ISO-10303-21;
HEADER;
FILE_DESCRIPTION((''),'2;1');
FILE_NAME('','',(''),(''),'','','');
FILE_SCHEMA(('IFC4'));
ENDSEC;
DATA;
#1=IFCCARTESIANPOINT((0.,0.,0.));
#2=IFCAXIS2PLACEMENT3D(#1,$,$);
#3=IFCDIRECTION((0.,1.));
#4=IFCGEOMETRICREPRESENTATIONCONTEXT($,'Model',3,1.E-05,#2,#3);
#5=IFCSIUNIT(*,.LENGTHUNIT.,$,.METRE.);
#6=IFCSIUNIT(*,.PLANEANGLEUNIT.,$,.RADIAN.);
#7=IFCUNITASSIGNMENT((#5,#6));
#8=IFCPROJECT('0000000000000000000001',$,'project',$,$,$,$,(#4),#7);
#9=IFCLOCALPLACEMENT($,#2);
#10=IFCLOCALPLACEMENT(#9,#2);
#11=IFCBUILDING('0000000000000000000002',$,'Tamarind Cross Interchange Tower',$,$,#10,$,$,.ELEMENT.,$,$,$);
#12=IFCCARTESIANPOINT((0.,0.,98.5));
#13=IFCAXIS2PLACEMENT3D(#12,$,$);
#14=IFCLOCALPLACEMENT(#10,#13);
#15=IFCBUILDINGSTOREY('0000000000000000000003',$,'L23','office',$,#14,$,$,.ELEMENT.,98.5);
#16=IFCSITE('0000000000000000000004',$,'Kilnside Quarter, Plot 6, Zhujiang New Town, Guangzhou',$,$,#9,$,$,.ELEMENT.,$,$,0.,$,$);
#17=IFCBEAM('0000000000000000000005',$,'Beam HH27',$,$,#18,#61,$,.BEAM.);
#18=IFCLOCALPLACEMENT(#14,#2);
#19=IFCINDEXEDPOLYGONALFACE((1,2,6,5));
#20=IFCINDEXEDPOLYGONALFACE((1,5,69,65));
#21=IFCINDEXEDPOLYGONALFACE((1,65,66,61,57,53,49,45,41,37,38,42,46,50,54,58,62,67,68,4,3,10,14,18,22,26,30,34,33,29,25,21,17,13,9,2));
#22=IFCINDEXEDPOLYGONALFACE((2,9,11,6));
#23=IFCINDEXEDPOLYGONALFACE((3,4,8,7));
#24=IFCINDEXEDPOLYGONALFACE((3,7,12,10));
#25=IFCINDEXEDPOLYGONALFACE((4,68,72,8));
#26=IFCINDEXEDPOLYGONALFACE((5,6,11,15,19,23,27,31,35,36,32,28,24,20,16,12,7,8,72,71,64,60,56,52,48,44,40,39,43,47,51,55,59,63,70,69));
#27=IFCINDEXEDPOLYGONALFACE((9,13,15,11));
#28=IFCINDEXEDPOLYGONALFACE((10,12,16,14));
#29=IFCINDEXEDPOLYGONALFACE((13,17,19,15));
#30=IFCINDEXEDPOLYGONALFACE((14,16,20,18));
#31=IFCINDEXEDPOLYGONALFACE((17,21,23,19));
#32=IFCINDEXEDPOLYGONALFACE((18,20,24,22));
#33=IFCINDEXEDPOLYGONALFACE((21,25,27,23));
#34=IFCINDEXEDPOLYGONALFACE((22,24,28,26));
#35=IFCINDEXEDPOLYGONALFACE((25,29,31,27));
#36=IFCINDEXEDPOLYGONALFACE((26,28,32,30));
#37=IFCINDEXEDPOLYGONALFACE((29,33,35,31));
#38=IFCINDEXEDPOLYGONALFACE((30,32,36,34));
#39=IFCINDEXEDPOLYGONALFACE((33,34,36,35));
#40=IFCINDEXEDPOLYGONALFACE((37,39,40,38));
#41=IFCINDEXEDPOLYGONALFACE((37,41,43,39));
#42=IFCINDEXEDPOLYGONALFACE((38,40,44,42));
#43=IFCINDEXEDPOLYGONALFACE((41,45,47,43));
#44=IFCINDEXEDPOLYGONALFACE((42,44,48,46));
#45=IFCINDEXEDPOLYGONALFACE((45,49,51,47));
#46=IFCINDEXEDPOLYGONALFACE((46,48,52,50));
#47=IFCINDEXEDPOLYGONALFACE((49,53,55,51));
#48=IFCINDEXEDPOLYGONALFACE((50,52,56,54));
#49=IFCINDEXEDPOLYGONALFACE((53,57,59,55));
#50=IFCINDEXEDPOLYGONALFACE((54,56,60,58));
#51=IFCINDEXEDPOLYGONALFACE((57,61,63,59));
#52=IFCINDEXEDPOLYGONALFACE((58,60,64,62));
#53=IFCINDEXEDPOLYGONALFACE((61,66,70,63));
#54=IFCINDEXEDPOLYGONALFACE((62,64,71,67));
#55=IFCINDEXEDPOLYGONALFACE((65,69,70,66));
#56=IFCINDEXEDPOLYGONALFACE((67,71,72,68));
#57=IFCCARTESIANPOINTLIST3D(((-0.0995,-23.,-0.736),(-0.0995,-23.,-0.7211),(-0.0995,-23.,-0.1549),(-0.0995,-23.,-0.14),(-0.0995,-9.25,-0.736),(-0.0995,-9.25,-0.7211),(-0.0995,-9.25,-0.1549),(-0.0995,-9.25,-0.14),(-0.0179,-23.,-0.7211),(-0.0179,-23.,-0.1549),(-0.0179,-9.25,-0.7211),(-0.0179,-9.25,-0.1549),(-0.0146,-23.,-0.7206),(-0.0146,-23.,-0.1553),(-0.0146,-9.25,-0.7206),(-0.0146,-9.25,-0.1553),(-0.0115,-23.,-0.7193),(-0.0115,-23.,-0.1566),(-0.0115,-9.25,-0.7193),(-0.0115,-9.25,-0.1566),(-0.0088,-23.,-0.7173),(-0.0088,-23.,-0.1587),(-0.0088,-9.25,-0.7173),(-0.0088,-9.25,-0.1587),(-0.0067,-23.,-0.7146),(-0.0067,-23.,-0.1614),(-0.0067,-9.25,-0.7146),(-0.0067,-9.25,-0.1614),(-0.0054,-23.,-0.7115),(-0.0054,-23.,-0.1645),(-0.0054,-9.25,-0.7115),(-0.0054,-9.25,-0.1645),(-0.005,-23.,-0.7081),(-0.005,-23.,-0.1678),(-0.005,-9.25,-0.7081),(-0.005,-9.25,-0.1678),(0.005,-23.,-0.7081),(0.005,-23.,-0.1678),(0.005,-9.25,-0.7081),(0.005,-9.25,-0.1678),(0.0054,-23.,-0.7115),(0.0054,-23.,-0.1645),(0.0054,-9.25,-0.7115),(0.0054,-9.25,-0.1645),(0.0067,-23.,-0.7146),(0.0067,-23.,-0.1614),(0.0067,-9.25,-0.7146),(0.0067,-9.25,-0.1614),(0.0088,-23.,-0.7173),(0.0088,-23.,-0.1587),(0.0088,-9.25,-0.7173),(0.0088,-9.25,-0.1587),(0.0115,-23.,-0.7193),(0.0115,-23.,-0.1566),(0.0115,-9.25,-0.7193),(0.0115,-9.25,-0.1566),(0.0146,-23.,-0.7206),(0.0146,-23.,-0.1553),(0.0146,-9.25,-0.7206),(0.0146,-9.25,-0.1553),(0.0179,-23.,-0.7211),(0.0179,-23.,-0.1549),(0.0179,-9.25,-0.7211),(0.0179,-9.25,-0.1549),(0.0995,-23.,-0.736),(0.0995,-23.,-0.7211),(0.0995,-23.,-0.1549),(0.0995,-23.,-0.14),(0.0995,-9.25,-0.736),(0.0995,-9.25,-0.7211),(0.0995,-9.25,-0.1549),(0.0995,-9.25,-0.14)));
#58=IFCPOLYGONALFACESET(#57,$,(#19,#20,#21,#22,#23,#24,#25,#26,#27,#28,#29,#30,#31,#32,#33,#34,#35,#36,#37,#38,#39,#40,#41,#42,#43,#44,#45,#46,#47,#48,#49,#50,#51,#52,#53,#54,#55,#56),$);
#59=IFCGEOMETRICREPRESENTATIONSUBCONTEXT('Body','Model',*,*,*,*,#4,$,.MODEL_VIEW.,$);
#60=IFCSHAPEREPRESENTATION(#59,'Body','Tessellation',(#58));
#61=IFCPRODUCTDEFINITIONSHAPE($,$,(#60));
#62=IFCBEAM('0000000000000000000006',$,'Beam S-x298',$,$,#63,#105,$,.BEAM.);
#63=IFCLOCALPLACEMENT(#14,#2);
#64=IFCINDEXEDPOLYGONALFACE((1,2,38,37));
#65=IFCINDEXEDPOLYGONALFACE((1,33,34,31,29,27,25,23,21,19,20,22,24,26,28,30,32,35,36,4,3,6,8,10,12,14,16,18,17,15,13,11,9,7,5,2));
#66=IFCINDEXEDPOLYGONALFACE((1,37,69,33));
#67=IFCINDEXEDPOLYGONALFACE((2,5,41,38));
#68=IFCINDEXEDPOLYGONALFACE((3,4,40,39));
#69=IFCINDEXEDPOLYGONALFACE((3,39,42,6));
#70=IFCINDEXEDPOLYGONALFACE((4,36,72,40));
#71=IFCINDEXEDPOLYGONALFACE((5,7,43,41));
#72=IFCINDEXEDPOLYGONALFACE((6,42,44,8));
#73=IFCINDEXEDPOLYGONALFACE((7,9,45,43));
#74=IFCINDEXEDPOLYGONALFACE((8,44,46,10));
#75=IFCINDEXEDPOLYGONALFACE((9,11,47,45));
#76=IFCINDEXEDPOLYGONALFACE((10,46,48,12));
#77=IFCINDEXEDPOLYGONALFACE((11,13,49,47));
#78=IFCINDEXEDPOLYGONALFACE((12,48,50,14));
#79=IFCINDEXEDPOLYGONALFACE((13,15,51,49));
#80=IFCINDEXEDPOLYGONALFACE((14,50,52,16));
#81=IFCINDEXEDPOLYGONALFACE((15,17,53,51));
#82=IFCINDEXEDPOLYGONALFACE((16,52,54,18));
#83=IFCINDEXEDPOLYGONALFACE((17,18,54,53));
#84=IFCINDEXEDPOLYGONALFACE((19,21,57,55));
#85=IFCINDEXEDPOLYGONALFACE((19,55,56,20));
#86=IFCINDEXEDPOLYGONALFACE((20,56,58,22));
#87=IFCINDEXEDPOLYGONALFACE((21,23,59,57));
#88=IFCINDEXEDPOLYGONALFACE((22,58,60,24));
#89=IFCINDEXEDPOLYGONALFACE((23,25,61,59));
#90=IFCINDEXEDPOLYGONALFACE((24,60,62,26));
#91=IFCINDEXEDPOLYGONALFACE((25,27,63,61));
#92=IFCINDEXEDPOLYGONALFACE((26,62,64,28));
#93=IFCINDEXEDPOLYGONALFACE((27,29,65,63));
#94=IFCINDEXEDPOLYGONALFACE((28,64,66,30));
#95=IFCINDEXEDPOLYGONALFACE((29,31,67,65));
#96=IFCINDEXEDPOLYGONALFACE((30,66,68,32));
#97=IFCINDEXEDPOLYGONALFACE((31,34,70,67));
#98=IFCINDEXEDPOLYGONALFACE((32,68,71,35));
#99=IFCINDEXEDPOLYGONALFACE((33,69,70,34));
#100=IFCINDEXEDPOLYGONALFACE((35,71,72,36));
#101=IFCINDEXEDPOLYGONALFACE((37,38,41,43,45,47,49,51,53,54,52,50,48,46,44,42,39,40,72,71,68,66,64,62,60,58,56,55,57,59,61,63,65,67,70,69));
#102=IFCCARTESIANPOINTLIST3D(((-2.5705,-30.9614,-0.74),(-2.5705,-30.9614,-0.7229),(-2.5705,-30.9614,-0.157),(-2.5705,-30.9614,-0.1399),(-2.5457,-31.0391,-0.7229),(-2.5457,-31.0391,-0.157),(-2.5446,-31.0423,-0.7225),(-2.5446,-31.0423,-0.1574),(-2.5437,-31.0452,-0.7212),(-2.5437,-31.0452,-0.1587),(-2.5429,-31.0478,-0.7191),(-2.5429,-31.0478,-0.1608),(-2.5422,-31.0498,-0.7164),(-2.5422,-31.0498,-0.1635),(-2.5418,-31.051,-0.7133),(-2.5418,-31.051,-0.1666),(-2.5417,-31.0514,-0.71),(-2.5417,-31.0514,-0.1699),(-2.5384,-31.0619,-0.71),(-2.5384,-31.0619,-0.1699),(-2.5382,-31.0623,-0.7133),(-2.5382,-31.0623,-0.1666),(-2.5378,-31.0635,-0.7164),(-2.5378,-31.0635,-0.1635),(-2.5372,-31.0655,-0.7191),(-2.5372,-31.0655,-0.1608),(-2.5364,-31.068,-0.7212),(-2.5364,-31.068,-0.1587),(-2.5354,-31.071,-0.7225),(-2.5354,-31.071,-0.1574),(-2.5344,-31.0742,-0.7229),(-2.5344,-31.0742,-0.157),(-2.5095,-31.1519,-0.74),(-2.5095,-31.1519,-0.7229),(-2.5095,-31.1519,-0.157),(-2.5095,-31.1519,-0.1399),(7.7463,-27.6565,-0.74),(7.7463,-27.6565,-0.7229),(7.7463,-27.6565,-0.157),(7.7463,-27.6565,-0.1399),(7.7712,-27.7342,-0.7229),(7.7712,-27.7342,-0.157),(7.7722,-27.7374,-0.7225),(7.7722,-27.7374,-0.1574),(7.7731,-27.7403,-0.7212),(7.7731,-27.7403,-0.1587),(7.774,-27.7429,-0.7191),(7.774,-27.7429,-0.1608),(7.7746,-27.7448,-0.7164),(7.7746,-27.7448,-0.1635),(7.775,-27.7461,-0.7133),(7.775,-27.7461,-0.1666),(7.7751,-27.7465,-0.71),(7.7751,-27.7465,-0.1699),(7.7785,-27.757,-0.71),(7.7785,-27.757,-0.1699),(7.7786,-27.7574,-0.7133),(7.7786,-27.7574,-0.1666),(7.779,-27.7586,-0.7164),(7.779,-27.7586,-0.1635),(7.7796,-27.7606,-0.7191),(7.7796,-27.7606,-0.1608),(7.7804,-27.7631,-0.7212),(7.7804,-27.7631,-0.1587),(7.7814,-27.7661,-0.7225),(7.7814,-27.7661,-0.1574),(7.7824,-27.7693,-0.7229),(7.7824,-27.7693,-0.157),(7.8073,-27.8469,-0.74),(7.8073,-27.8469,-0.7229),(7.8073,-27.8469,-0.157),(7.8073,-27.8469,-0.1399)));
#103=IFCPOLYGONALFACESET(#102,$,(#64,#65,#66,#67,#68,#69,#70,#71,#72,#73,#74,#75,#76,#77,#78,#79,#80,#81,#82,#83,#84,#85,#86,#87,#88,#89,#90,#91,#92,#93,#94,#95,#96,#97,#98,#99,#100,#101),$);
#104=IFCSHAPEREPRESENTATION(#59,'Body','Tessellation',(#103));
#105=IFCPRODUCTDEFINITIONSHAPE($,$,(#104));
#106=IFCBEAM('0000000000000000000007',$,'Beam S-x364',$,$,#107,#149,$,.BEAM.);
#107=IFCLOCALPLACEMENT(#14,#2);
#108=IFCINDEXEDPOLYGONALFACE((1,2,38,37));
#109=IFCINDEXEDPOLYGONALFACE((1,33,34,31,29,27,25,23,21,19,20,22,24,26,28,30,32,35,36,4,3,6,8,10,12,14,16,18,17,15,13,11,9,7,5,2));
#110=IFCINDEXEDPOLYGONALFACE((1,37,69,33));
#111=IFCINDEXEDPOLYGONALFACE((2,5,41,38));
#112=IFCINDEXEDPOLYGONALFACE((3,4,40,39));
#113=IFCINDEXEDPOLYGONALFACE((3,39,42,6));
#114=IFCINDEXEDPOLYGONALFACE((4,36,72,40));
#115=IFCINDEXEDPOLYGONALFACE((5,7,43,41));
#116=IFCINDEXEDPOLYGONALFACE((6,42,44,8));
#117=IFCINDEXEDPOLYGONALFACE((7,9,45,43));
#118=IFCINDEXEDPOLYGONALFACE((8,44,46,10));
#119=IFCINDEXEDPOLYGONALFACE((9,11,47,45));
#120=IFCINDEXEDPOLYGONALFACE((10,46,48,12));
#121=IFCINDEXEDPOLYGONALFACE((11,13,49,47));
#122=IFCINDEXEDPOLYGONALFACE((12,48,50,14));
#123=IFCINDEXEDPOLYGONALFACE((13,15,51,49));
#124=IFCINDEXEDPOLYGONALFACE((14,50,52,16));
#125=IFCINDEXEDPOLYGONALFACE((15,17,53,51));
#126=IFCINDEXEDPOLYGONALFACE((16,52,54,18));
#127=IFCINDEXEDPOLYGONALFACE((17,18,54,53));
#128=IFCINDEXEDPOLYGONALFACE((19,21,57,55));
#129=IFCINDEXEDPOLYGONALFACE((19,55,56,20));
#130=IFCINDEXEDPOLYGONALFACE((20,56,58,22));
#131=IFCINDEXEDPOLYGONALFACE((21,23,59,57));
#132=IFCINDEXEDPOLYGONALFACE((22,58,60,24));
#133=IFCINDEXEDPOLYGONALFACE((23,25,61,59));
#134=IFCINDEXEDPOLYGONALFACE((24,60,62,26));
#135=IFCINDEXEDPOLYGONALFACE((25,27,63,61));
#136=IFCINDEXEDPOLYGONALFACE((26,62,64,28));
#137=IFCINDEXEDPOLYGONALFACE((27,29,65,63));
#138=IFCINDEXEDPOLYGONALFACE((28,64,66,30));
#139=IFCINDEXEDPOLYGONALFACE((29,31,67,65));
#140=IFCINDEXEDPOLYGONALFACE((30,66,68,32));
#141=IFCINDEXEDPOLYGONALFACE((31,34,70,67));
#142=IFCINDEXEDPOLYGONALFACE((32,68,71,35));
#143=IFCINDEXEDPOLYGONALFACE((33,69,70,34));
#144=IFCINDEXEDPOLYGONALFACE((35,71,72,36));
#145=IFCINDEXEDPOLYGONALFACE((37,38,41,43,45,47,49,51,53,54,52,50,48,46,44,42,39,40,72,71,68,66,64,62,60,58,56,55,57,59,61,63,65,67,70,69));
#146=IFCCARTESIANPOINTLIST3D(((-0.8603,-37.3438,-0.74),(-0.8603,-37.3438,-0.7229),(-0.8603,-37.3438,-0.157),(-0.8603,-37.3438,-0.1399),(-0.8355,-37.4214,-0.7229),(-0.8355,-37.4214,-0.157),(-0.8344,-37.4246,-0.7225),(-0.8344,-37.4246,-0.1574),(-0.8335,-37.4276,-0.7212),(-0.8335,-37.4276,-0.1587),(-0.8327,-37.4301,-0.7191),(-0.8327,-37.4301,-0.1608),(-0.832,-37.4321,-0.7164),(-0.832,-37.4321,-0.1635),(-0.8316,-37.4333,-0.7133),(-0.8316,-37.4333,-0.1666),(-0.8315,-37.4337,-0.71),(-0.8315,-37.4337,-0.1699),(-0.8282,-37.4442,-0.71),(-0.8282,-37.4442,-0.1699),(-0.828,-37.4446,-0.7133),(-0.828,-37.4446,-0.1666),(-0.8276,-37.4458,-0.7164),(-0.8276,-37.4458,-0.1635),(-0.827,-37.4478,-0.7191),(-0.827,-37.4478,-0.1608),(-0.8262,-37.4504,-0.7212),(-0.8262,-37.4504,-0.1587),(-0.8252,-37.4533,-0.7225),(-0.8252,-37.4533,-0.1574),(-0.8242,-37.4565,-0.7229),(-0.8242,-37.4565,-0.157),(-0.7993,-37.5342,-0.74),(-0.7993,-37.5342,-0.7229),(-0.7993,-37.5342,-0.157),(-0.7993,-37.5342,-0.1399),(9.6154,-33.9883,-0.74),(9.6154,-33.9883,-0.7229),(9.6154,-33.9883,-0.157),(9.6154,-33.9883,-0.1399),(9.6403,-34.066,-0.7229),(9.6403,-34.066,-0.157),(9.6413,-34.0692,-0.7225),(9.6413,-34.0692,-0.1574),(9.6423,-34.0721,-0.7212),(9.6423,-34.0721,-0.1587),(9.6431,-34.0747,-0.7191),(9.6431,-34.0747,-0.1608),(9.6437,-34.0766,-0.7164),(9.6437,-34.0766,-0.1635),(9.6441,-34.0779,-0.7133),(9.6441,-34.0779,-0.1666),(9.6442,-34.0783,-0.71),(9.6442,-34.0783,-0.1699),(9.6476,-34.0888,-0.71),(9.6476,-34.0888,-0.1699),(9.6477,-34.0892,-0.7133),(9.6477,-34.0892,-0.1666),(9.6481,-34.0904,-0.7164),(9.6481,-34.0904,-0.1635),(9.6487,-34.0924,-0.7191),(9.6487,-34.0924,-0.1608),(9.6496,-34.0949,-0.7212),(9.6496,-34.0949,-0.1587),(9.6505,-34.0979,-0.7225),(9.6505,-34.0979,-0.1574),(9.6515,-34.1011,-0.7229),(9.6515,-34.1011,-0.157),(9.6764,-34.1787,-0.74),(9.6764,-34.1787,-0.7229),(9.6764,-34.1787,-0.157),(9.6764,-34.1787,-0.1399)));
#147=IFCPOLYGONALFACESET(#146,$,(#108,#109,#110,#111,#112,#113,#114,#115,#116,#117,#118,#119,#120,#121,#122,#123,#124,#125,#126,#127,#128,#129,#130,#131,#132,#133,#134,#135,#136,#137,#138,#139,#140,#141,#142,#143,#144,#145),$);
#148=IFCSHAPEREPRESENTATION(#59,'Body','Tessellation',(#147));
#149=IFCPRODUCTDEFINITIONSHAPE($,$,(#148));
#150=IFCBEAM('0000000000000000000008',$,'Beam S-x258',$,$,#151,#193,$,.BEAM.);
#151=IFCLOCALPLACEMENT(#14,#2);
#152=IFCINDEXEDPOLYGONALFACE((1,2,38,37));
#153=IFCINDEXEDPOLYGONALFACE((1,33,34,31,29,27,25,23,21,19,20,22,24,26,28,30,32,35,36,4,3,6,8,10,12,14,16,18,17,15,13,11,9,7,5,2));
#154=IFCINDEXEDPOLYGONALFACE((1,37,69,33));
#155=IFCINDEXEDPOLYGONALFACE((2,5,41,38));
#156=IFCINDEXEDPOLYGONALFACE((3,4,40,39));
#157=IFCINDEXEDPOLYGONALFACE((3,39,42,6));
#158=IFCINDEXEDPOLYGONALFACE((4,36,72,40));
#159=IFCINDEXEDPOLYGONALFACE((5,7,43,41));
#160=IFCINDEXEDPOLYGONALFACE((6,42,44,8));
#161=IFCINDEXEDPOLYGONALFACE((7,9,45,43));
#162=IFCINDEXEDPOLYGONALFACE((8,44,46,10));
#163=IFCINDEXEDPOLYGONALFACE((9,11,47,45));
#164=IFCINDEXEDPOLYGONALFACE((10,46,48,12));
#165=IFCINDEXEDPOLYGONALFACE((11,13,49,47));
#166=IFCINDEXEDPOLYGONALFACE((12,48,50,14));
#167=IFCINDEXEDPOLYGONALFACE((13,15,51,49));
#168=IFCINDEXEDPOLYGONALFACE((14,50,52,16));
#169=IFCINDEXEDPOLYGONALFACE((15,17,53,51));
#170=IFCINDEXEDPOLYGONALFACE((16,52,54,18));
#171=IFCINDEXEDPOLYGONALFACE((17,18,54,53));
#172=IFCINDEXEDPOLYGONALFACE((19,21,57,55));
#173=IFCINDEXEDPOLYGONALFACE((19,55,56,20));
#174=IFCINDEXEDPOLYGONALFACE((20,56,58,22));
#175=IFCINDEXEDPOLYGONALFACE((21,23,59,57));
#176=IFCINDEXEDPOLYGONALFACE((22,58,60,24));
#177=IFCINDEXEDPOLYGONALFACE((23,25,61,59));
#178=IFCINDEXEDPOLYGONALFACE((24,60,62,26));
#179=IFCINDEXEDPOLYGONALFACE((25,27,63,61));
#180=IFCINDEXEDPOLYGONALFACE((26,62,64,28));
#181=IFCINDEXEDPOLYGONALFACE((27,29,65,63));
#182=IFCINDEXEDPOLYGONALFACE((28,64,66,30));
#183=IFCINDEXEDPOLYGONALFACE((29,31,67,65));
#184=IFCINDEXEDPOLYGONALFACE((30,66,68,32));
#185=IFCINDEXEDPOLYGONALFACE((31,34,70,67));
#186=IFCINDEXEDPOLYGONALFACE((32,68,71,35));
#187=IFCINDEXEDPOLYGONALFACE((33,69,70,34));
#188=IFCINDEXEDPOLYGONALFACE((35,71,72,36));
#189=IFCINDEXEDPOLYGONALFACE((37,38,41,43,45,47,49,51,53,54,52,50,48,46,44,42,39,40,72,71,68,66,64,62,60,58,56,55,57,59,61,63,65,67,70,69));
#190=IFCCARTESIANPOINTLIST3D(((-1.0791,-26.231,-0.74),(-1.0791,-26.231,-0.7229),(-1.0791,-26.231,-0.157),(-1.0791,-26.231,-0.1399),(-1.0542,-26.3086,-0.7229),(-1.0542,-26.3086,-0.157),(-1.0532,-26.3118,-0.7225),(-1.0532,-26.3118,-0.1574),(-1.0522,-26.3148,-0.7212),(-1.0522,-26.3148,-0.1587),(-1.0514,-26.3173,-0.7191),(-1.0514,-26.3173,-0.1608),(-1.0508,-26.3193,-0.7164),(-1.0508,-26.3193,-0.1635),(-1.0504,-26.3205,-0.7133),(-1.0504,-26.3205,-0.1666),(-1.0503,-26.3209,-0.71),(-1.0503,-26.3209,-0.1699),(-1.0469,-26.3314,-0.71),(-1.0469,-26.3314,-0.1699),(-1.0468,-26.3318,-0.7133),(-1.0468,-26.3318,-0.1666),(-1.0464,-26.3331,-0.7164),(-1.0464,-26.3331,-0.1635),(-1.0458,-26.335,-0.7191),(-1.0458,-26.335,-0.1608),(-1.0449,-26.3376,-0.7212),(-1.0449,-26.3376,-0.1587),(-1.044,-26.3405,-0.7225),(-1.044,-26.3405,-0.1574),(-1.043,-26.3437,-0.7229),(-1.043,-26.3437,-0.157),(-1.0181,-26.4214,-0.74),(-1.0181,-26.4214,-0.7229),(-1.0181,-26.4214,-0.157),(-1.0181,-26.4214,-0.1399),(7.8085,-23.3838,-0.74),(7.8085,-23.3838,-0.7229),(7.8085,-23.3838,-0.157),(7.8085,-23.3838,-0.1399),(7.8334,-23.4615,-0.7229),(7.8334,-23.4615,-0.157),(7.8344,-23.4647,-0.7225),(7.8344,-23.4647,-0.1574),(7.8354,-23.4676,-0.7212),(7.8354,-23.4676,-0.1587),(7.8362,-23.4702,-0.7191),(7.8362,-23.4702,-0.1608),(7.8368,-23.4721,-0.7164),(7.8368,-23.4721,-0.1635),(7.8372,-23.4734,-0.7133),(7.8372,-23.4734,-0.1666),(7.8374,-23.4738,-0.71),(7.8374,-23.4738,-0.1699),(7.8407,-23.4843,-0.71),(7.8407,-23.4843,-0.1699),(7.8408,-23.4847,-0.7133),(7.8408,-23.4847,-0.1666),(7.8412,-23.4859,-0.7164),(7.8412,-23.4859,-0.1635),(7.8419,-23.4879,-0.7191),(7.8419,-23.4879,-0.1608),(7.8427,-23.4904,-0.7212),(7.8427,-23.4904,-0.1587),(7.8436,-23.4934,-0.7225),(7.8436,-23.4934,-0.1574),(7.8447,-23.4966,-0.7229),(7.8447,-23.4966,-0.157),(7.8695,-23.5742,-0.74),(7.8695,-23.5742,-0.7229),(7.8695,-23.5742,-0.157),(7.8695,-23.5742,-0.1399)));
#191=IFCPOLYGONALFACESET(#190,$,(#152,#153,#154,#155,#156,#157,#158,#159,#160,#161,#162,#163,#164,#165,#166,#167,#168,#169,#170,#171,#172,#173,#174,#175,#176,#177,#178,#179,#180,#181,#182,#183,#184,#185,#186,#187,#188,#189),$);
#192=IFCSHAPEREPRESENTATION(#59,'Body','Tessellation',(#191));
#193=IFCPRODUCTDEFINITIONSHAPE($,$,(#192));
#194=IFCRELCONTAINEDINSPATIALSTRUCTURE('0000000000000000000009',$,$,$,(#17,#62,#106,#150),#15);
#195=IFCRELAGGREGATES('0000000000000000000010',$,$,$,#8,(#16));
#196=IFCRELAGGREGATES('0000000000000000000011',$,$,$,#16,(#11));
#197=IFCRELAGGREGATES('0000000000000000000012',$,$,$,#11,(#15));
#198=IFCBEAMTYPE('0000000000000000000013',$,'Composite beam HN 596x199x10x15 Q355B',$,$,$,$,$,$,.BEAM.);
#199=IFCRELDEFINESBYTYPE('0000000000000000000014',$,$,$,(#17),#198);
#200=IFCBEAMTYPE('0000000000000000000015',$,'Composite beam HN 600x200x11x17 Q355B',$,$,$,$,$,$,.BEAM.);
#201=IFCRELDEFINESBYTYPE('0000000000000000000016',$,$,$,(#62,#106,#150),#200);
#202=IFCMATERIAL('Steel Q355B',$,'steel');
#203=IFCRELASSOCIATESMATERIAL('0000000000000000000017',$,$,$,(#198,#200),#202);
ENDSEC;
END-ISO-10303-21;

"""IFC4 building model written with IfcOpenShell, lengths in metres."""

from ifc_helpers import new_model, si_unit, direction, frame, origin, origin_2d, place, context, subcontext, project, spatial, i_section, extrude, material, material_profile, profile_set, type_object, element, save


model = new_model("IFC4")

# Units and contexts
model_context = context("Model", 3, precision=1e-05, world=origin(), true_north=direction((0.0, 1.0)))
body_context = subcontext(model_context, "Body", "Model", "MODEL_VIEW")
ifc_project = project(units=[si_unit("LENGTHUNIT", "METRE"), si_unit("PLANEANGLEUNIT", "RADIAN")], contexts=[model_context])

# Site, building, storey
site_placement = place(None, origin())
site = spatial("IfcSite", under=ifc_project, at=site_placement, Name="Kilnside Quarter, Plot 6, Zhujiang New Town, Guangzhou", CompositionType="ELEMENT", RefElevation=0.0)
building_placement = place(site_placement, origin())
building = spatial("IfcBuilding", under=site, at=building_placement, Name="Tamarind Cross Interchange Tower", CompositionType="ELEMENT")
storey_placement = place(building_placement, frame((0.0, 0.0, 98.5)))
storey = spatial("IfcBuildingStorey", under=building, at=storey_placement, Name="L23", Description="office", CompositionType="ELEMENT", Elevation=98.5)

# Beams
ifc_material_1 = material(Name="Steel Q355B", Category="steel")
ifc_material_profile_1 = material_profile(ifc_material_1, i_section(OverallWidth=0.199, OverallDepth=0.5959, WebThickness=0.01, FlangeThickness=0.0149, FilletRadius=0.0129, at=origin_2d()), Name="HN 596x199x10x15")
ifc_profile_set_1 = profile_set([ifc_material_profile_1], Name="Steel Q355B")
beam_type_1 = type_object("IfcBeamType", Name="Composite beam HN 596x199x10x15 Q355B", PredefinedType="BEAM", material=ifc_profile_set_1)
beam_1_placement = place(storey_placement, frame((0.0, -23.0, -0.438), z_axis=(0.0, 1.0, 0.0), x_axis=(-1.0, 0.0, 0.0)))
element("IfcBeam", 1, at=beam_1_placement, inside=storey, type_object=beam_type_1, Name="Beam HH27", PredefinedType="BEAM", context=body_context, shape_type="SweptSolid", body=[
    extrude(i_section(OverallWidth=0.199, OverallDepth=0.5959, WebThickness=0.01, FlangeThickness=0.0149, FilletRadius=0.0129, at=origin_2d()), origin(), (0.0, 0.0, 1.0), 13.75),
])
ifc_material_profile_2 = material_profile(ifc_material_1, i_section(OverallWidth=0.2, OverallDepth=0.6001, WebThickness=0.011, FlangeThickness=0.0171, FilletRadius=0.0129, at=origin_2d()), Name="HN 600x200x11x17")
ifc_profile_set_2 = profile_set([ifc_material_profile_2], Name="Steel Q355B")
beam_type_2 = type_object("IfcBeamType", Name="Composite beam HN 600x200x11x17 Q355B", PredefinedType="BEAM", material=ifc_profile_set_2)
beam_2_placement = place(storey_placement, frame((-2.54, -31.0566, -0.4399), z_axis=(0.95233, 0.305071, 0.0), x_axis=(-0.305071, 0.95233, 0.0)))
element("IfcBeam", 2, at=beam_2_placement, inside=storey, type_object=beam_type_2, Name="Beam S-x298", PredefinedType="BEAM", context=body_context, shape_type="SweptSolid", body=[
    extrude(i_section(OverallWidth=0.2, OverallDepth=0.6001, WebThickness=0.011, FlangeThickness=0.0171, FilletRadius=0.0129, at=origin_2d()), origin(), (0.0, 0.0, 1.0), 10.8333),
])
beam_3_placement = place(storey_placement, frame((-0.8298, -37.439, -0.4399), z_axis=(0.95234, 0.30504, 0.0), x_axis=(-0.30504, 0.95234, 0.0)))
element("IfcBeam", 3, at=beam_3_placement, inside=storey, type_object=beam_type_2, Name="Beam S-x364", PredefinedType="BEAM", context=body_context, shape_type="SweptSolid", body=[
    extrude(i_section(OverallWidth=0.2, OverallDepth=0.6001, WebThickness=0.011, FlangeThickness=0.0171, FilletRadius=0.0129, at=origin_2d()), origin(), (0.0, 0.0, 1.0), 11.0),
])
beam_4_placement = place(storey_placement, frame((-1.0486, -26.3262, -0.4399), z_axis=(0.952328, 0.305078, 0.0), x_axis=(-0.305078, 0.952328, 0.0)))
element("IfcBeam", 4, at=beam_4_placement, inside=storey, type_object=beam_type_2, Name="Beam S-x258", PredefinedType="BEAM", context=body_context, shape_type="SweptSolid", body=[
    extrude(i_section(OverallWidth=0.2, OverallDepth=0.6001, WebThickness=0.011, FlangeThickness=0.0171, FilletRadius=0.0129, at=origin_2d()), origin(), (0.0, 0.0, 1.0), 9.3325),
])

save(model, "model.ifc")
